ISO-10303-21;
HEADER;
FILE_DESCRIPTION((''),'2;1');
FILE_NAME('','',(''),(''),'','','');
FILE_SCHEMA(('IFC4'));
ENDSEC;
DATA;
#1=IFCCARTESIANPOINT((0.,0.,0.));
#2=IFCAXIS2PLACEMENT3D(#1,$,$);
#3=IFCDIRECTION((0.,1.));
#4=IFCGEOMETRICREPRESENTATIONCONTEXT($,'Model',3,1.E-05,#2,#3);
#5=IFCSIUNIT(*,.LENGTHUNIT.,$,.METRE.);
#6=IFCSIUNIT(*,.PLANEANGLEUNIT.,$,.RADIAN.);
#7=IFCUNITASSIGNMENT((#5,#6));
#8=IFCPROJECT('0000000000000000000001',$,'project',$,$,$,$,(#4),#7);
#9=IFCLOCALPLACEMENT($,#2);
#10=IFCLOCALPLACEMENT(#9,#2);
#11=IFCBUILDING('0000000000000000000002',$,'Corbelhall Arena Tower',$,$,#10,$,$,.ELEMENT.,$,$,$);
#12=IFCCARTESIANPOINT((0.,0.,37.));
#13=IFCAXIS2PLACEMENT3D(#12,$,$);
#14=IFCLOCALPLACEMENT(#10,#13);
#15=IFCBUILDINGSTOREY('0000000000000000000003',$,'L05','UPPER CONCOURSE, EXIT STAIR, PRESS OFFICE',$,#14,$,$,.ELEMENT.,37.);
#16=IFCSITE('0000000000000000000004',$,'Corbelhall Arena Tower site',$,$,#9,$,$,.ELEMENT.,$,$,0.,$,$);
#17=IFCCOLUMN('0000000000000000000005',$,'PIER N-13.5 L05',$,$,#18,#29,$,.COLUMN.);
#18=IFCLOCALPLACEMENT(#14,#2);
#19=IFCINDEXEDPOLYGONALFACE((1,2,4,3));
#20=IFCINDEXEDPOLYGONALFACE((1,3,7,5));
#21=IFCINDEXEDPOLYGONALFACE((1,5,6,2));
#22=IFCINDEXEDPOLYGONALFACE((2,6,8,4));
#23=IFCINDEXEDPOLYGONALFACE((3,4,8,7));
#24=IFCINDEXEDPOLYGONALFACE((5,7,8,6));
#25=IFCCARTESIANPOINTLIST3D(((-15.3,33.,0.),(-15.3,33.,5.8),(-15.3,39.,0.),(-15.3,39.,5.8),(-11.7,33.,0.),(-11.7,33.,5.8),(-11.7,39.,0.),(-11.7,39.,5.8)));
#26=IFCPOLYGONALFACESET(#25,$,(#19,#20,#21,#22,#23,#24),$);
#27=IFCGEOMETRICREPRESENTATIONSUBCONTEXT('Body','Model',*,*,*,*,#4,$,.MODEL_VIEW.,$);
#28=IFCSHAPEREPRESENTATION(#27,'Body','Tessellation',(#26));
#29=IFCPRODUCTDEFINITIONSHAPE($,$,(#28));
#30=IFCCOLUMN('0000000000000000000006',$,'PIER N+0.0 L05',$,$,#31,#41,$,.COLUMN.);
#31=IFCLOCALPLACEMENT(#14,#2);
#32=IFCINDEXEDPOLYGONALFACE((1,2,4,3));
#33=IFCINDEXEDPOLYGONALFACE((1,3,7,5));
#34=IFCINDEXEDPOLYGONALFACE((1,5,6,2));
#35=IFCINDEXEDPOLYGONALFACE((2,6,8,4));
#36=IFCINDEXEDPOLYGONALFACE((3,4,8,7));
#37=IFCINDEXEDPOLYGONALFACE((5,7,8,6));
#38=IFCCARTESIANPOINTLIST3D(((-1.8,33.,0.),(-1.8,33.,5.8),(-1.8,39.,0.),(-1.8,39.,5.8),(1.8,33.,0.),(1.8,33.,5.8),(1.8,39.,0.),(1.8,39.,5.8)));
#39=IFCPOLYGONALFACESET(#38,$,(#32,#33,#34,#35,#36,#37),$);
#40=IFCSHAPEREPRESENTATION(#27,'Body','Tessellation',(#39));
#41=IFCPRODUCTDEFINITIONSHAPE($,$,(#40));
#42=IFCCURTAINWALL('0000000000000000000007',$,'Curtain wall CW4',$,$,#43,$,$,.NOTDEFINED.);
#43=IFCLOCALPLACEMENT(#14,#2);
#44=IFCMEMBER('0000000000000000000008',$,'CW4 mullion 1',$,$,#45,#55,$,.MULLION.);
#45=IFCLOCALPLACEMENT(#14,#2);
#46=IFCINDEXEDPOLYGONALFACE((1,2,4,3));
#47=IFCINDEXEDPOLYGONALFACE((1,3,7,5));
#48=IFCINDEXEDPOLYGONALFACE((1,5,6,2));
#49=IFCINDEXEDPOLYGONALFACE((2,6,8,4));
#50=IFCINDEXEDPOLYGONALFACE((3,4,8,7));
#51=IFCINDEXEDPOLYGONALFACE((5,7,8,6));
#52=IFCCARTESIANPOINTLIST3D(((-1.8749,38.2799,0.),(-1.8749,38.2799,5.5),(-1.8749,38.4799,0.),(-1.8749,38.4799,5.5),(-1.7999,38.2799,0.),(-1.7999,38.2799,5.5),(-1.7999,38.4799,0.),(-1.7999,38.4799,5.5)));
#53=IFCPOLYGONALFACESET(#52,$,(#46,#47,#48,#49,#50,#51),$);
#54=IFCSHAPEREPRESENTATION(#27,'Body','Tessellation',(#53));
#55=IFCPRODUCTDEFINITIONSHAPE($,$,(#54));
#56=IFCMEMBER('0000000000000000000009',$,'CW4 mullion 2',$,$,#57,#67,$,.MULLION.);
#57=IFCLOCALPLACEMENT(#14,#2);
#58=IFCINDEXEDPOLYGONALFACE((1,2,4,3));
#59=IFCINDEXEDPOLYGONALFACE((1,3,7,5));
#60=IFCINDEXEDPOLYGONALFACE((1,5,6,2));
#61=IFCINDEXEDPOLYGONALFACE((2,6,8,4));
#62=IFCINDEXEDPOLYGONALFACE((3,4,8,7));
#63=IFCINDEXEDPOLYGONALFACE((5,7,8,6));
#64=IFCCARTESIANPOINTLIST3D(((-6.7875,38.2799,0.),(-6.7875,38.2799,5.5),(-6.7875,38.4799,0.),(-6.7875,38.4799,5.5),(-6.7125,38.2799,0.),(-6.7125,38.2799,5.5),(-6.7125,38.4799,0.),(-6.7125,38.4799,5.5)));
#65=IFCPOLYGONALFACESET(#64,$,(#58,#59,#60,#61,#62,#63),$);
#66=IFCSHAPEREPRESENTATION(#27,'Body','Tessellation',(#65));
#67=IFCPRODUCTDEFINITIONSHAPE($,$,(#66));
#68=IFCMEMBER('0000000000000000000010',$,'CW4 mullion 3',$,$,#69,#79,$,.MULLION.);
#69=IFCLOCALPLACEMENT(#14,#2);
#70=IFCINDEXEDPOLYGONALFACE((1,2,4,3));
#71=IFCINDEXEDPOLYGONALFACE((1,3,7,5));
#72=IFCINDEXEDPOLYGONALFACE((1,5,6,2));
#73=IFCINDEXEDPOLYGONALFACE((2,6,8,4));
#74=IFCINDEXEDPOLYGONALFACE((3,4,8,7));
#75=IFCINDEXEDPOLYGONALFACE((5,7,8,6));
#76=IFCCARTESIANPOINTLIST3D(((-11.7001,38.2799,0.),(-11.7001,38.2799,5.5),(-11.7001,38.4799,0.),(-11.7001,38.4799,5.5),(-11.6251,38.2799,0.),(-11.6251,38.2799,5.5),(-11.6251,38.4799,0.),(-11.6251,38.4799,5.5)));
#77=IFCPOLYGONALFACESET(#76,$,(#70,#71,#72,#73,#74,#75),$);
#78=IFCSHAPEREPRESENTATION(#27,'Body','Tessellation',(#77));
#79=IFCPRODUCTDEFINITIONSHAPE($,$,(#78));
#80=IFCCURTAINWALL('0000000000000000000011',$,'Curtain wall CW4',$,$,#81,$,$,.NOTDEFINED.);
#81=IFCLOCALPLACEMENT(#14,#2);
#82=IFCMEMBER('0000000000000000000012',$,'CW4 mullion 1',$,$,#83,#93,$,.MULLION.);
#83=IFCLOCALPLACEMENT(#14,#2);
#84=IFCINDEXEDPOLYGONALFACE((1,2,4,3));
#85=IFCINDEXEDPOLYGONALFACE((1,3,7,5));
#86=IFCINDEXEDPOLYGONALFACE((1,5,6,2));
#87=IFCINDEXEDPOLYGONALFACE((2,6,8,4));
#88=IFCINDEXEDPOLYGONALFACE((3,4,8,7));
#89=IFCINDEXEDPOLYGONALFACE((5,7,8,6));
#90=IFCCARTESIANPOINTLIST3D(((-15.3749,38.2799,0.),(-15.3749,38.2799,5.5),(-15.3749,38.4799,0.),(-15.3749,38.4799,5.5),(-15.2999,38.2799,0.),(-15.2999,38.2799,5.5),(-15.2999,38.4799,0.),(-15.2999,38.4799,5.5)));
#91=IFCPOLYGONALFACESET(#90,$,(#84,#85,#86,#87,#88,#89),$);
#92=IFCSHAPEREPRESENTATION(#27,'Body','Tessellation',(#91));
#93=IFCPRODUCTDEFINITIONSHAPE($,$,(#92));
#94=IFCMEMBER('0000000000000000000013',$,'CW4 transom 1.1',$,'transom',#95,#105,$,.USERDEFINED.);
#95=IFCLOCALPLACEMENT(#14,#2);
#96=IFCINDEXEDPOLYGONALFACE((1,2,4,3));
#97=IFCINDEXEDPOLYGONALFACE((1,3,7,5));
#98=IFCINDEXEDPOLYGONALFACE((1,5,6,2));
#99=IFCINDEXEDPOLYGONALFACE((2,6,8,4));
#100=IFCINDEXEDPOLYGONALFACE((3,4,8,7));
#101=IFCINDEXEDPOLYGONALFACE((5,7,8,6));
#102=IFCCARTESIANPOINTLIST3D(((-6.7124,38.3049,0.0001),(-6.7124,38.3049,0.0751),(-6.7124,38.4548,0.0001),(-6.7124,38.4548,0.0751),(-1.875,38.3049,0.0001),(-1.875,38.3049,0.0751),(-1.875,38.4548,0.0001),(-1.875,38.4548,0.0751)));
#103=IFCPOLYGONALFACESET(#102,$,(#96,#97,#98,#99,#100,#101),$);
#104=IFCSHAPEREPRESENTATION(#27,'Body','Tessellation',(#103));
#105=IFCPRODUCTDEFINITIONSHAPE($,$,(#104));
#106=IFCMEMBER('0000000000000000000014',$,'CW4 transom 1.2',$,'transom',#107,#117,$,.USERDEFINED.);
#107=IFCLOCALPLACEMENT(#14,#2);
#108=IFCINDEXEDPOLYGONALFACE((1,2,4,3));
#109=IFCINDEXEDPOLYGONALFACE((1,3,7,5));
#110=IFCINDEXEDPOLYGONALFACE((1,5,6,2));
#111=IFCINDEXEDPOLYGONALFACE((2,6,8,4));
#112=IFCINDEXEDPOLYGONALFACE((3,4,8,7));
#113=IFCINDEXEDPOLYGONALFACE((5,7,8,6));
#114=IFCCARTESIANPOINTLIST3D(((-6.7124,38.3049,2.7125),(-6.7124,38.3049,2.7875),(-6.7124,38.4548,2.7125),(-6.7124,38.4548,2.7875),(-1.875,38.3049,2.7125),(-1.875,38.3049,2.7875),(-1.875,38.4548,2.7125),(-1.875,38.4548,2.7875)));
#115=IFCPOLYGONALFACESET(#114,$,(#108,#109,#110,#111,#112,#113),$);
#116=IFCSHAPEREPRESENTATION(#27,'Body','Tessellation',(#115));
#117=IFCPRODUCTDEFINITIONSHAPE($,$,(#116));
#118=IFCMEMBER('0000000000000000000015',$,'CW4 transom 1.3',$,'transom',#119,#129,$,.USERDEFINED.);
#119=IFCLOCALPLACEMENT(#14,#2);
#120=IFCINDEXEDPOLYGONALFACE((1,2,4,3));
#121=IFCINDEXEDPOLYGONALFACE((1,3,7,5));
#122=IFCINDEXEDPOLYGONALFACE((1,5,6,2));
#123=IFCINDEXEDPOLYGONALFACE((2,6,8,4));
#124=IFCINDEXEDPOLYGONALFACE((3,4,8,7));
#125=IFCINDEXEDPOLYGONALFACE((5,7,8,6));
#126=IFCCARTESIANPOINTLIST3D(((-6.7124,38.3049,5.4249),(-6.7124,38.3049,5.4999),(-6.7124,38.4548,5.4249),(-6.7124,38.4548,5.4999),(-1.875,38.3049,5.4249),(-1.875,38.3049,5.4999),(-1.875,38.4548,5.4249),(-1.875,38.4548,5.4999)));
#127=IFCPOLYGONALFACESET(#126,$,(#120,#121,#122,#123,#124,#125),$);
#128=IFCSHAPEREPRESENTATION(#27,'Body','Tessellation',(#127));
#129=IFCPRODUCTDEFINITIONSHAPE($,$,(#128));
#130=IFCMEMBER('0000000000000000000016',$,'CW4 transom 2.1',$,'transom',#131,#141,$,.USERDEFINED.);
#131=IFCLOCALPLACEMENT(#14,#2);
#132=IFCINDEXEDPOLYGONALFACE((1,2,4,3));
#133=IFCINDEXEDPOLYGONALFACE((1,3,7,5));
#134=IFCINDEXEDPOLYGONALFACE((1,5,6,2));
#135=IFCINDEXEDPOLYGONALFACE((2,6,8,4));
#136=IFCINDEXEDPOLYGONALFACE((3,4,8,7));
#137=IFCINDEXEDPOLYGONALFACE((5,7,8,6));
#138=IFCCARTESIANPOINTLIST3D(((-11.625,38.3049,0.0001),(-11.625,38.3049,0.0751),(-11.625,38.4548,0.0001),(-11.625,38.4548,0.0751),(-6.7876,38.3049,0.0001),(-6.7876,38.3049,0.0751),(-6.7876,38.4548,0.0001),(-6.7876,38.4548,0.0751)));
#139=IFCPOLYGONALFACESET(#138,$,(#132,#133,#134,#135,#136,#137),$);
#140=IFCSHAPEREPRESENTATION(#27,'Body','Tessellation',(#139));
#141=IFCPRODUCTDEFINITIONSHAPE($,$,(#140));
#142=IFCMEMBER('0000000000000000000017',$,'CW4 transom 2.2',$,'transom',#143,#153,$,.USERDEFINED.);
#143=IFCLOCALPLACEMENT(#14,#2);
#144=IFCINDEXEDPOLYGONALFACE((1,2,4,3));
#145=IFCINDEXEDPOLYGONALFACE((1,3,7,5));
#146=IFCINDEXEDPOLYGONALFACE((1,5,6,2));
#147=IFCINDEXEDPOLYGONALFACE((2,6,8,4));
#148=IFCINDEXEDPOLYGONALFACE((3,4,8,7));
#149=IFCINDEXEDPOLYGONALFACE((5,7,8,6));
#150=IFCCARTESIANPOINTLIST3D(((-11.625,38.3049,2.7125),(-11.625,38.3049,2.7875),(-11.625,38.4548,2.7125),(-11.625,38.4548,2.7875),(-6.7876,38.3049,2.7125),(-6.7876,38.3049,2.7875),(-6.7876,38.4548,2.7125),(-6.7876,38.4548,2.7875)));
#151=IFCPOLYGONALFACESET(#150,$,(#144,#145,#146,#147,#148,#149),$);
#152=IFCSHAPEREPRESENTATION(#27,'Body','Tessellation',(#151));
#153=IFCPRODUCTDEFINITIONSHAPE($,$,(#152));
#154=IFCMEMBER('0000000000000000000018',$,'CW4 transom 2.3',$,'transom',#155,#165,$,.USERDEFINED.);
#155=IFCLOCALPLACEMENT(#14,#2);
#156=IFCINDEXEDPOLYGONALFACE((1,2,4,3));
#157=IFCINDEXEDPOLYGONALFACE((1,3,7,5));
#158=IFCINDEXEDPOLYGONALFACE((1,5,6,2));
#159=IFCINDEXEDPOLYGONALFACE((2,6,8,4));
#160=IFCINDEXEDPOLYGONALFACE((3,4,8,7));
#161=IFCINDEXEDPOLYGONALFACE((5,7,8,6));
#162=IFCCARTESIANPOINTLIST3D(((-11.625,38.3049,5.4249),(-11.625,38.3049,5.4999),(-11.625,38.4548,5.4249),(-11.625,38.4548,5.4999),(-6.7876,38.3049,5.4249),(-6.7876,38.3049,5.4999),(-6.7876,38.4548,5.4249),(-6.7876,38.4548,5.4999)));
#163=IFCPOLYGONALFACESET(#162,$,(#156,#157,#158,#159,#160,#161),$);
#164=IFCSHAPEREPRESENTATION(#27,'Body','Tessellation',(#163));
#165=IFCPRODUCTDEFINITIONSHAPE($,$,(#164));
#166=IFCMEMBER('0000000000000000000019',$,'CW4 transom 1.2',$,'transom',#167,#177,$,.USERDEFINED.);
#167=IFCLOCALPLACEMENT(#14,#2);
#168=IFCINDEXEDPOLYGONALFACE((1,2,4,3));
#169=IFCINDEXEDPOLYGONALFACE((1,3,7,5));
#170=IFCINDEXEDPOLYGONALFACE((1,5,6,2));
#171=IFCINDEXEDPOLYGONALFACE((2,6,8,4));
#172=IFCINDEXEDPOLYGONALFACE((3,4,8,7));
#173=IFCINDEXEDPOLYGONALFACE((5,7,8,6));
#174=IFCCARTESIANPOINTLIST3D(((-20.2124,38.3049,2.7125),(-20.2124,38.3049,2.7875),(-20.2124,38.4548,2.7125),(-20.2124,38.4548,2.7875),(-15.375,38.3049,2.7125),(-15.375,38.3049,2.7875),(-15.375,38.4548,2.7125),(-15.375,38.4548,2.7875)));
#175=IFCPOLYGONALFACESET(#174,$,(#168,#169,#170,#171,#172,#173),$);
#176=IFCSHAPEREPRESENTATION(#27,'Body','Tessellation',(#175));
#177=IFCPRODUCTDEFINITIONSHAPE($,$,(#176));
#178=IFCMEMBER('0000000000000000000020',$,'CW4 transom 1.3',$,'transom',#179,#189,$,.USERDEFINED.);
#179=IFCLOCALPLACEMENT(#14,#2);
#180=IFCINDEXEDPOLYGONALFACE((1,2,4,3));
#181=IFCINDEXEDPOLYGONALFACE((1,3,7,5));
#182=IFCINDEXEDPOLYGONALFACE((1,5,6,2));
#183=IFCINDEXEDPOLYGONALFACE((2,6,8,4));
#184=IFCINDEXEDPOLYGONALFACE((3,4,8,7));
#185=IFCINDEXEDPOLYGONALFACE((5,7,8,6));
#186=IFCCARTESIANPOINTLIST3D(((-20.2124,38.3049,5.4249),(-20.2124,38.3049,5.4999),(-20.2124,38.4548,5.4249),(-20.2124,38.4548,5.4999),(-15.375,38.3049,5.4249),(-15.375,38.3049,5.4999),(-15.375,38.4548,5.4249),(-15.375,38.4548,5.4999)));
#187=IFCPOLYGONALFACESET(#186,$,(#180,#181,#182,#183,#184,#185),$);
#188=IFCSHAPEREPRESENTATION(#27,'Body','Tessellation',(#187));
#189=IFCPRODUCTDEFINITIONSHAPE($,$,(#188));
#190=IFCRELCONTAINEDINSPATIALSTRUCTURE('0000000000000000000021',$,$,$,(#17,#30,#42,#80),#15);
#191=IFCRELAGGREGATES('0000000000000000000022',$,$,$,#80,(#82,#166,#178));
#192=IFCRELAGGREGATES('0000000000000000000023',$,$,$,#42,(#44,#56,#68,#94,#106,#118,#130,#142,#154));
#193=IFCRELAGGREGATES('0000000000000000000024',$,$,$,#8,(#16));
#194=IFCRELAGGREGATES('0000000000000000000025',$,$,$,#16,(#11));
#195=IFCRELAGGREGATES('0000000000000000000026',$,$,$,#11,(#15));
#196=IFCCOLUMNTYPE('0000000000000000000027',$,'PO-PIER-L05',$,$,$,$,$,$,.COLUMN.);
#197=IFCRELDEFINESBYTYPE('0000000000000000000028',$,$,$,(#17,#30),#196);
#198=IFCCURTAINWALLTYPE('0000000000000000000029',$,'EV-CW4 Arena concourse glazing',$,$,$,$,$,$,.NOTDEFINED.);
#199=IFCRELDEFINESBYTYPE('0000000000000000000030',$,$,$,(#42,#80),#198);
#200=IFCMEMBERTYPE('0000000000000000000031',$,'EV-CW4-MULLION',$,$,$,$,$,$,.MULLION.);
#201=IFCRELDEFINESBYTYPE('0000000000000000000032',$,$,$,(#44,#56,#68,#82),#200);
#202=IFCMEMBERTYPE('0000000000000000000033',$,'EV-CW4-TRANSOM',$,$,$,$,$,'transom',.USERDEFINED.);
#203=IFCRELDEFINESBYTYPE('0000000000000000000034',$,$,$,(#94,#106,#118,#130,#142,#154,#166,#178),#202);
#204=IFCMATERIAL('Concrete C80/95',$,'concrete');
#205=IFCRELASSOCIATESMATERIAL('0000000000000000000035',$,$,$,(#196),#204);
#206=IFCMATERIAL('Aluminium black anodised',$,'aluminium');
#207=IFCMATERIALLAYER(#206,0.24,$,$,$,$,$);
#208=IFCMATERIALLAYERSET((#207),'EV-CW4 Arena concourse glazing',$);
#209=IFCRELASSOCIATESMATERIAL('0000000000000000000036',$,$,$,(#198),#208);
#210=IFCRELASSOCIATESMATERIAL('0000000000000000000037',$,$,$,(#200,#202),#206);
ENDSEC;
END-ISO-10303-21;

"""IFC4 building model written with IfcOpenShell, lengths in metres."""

from ifc_helpers import new_model, si_unit, direction, frame, origin, origin_2d, place, context, subcontext, project, spatial, rectangle, extrude, material, layer, layer_set, material_profile, profile_set, type_object, element, aggregate, save


model = new_model("IFC4")

# Units and contexts
model_context = context("Model", 3, precision=1e-05, world=origin(), true_north=direction((0.0, 1.0)))
body_context = subcontext(model_context, "Body", "Model", "MODEL_VIEW")
ifc_project = project(units=[si_unit("LENGTHUNIT", "METRE"), si_unit("PLANEANGLEUNIT", "RADIAN")], contexts=[model_context])

# Site, building, storey
site_placement = place(None, origin())
site = spatial("IfcSite", under=ifc_project, at=site_placement, Name="Corbelhall Arena Tower site", CompositionType="ELEMENT", RefElevation=0.0)
building_placement = place(site_placement, origin())
building = spatial("IfcBuilding", under=site, at=building_placement, Name="Corbelhall Arena Tower", CompositionType="ELEMENT")
storey_placement = place(building_placement, frame((0.0, 0.0, 37.0)))
storey = spatial("IfcBuildingStorey", under=building, at=storey_placement, Name="L05", Description="UPPER CONCOURSE, EXIT STAIR, PRESS OFFICE", CompositionType="ELEMENT", Elevation=37.0)

# Columns
ifc_material_1 = material(Name="Concrete C80/95", Category="concrete")
ifc_material_profile_1 = material_profile(ifc_material_1, rectangle(XDim=3.6001, YDim=6.0, at=origin_2d()))
ifc_profile_set_1 = profile_set([ifc_material_profile_1], Name="Concrete C80/95")
column_type = type_object("IfcColumnType", Name="PO-PIER-L05", PredefinedType="COLUMN", material=ifc_profile_set_1)
for number, where, z_axis, x_axis, name in (
    (1, (-13.5, 36.0, 0.0), (0.0, 0.0, 1.0), (1.0, 0.0, 0.0), "PIER N-13.5 L05"),
    (2, (0.0, 36.0, 0.0), (0.0, 0.0, 1.0), (1.0, 0.0, 0.0), "PIER N+0.0 L05"),
):
    element("IfcColumn", number, at=place(storey_placement, frame(where, z_axis=z_axis, x_axis=x_axis)), inside=storey, type_object=column_type, Name=name, PredefinedType="COLUMN", context=body_context, shape_type="SweptSolid", body=[
        extrude(rectangle(XDim=3.6001, YDim=6.0, at=origin_2d()), origin(), (0.0, 0.0, 1.0), 5.8),
    ])

# Curtain wall, members
ifc_material_2 = material(Name="Aluminium black anodised", Category="aluminium")
ifc_layer_1 = layer(ifc_material_2, 0.24)
ifc_layer_set_1 = layer_set([ifc_layer_1], Name="EV-CW4 Arena concourse glazing")
curtain_wall_type = type_object("IfcCurtainWallType", Name="EV-CW4 Arena concourse glazing", PredefinedType="NOTDEFINED", material=ifc_layer_set_1)
curtain_wall_1_placement = place(storey_placement, origin())
curtain_wall_1 = element("IfcCurtainWall", 3, at=curtain_wall_1_placement, inside=storey, type_object=curtain_wall_type, Name="Curtain wall CW4", PredefinedType="NOTDEFINED")
ifc_material_profile_2 = material_profile(ifc_material_2, rectangle(XDim=0.2, YDim=0.075, at=origin_2d()))
ifc_profile_set_2 = profile_set([ifc_material_profile_2], Name="Aluminium black anodised")
member_type_1 = type_object("IfcMemberType", Name="EV-CW4-MULLION", PredefinedType="MULLION", material=ifc_profile_set_2)
member_1_placement = place(storey_placement, frame((-1.8374, 38.3799, 0.0), z_axis=(0.0, 0.0, 1.0), x_axis=(0.0, -1.0, 0.0)))
member_1 = element("IfcMember", 4, at=member_1_placement, type_object=member_type_1, Name="CW4 mullion 1", PredefinedType="MULLION", context=body_context, shape_type="SweptSolid", body=[
    extrude(rectangle(XDim=0.2, YDim=0.075, at=origin_2d()), origin(), (0.0, 0.0, 1.0), 5.5),
])
member_2_placement = place(storey_placement, frame((-6.75, 38.3799, 0.0), z_axis=(0.0, 0.0, 1.0), x_axis=(0.0, -1.0, 0.0)))
member_2 = element("IfcMember", 5, at=member_2_placement, type_object=member_type_1, Name="CW4 mullion 2", PredefinedType="MULLION", context=body_context, shape_type="SweptSolid", body=[
    extrude(rectangle(XDim=0.2, YDim=0.075, at=origin_2d()), origin(), (0.0, 0.0, 1.0), 5.5),
])
member_3_placement = place(storey_placement, frame((-11.6626, 38.3799, 0.0), z_axis=(0.0, 0.0, 1.0), x_axis=(0.0, -1.0, 0.0)))
member_3 = element("IfcMember", 6, at=member_3_placement, type_object=member_type_1, Name="CW4 mullion 3", PredefinedType="MULLION", context=body_context, shape_type="SweptSolid", body=[
    extrude(rectangle(XDim=0.2, YDim=0.075, at=origin_2d()), origin(), (0.0, 0.0, 1.0), 5.5),
])

# Curtain wall, member
curtain_wall_2_placement = place(storey_placement, origin())
curtain_wall_2 = element("IfcCurtainWall", 7, at=curtain_wall_2_placement, inside=storey, type_object=curtain_wall_type, Name="Curtain wall CW4", PredefinedType="NOTDEFINED")
member_4_placement = place(storey_placement, frame((-15.3374, 38.3799, 0.0), z_axis=(0.0, 0.0, 1.0), x_axis=(0.0, -1.0, 0.0)))
member_4 = element("IfcMember", 8, at=member_4_placement, type_object=member_type_1, Name="CW4 mullion 1", PredefinedType="MULLION", context=body_context, shape_type="SweptSolid", body=[
    extrude(rectangle(XDim=0.2, YDim=0.075, at=origin_2d()), origin(), (0.0, 0.0, 1.0), 5.5),
])

# Members
ifc_material_profile_3 = material_profile(ifc_material_2, rectangle(XDim=0.1499, YDim=0.075, at=origin_2d()))
ifc_profile_set_3 = profile_set([ifc_material_profile_3], Name="Aluminium black anodised")
member_type_2 = type_object("IfcMemberType", Name="EV-CW4-TRANSOM", ElementType="transom", PredefinedType="USERDEFINED", material=ifc_profile_set_3)
member_5_placement = place(storey_placement, frame((-1.875, 38.3799, 0.0376), z_axis=(-1.0, 0.0, 0.0), x_axis=(0.0, -1.0, 0.0)))
member_5 = element("IfcMember", 9, at=member_5_placement, type_object=member_type_2, Name="CW4 transom 1.1", ObjectType="transom", PredefinedType="USERDEFINED", context=body_context, shape_type="SweptSolid", body=[
    extrude(rectangle(XDim=0.1499, YDim=0.075, at=origin_2d()), origin(), (0.0, 0.0, 1.0), 4.8374),
])
member_6_placement = place(storey_placement, frame((-1.875, 38.3799, 2.75), z_axis=(-1.0, 0.0, 0.0), x_axis=(0.0, -1.0, 0.0)))
member_6 = element("IfcMember", 10, at=member_6_placement, type_object=member_type_2, Name="CW4 transom 1.2", ObjectType="transom", PredefinedType="USERDEFINED", context=body_context, shape_type="SweptSolid", body=[
    extrude(rectangle(XDim=0.1499, YDim=0.075, at=origin_2d()), origin(), (0.0, 0.0, 1.0), 4.8374),
])
member_7_placement = place(storey_placement, frame((-1.875, 38.3799, 5.4624), z_axis=(-1.0, 0.0, 0.0), x_axis=(0.0, -1.0, 0.0)))
member_7 = element("IfcMember", 11, at=member_7_placement, type_object=member_type_2, Name="CW4 transom 1.3", ObjectType="transom", PredefinedType="USERDEFINED", context=body_context, shape_type="SweptSolid", body=[
    extrude(rectangle(XDim=0.1499, YDim=0.075, at=origin_2d()), origin(), (0.0, 0.0, 1.0), 4.8374),
])
member_8_placement = place(storey_placement, frame((-6.7876, 38.3799, 0.0376), z_axis=(-1.0, 0.0, 0.0), x_axis=(0.0, -1.0, 0.0)))
member_8 = element("IfcMember", 12, at=member_8_placement, type_object=member_type_2, Name="CW4 transom 2.1", ObjectType="transom", PredefinedType="USERDEFINED", context=body_context, shape_type="SweptSolid", body=[
    extrude(rectangle(XDim=0.1499, YDim=0.075, at=origin_2d()), origin(), (0.0, 0.0, 1.0), 4.8374),
])
member_9_placement = place(storey_placement, frame((-6.7876, 38.3799, 2.75), z_axis=(-1.0, 0.0, 0.0), x_axis=(0.0, -1.0, 0.0)))
member_9 = element("IfcMember", 13, at=member_9_placement, type_object=member_type_2, Name="CW4 transom 2.2", ObjectType="transom", PredefinedType="USERDEFINED", context=body_context, shape_type="SweptSolid", body=[
    extrude(rectangle(XDim=0.1499, YDim=0.075, at=origin_2d()), origin(), (0.0, 0.0, 1.0), 4.8374),
])
member_10_placement = place(storey_placement, frame((-6.7876, 38.3799, 5.4624), z_axis=(-1.0, 0.0, 0.0), x_axis=(0.0, -1.0, 0.0)))
member_10 = element("IfcMember", 14, at=member_10_placement, type_object=member_type_2, Name="CW4 transom 2.3", ObjectType="transom", PredefinedType="USERDEFINED", context=body_context, shape_type="SweptSolid", body=[
    extrude(rectangle(XDim=0.1499, YDim=0.075, at=origin_2d()), origin(), (0.0, 0.0, 1.0), 4.8374),
])
member_11_placement = place(storey_placement, frame((-15.375, 38.3799, 2.75), z_axis=(-1.0, 0.0, 0.0), x_axis=(0.0, -1.0, 0.0)))
member_11 = element("IfcMember", 15, at=member_11_placement, type_object=member_type_2, Name="CW4 transom 1.2", ObjectType="transom", PredefinedType="USERDEFINED", context=body_context, shape_type="SweptSolid", body=[
    extrude(rectangle(XDim=0.1499, YDim=0.075, at=origin_2d()), origin(), (0.0, 0.0, 1.0), 4.8374),
])
member_12_placement = place(storey_placement, frame((-15.375, 38.3799, 5.4624), z_axis=(-1.0, 0.0, 0.0), x_axis=(0.0, -1.0, 0.0)))
member_12 = element("IfcMember", 16, at=member_12_placement, type_object=member_type_2, Name="CW4 transom 1.3", ObjectType="transom", PredefinedType="USERDEFINED", context=body_context, shape_type="SweptSolid", body=[
    extrude(rectangle(XDim=0.1499, YDim=0.075, at=origin_2d()), origin(), (0.0, 0.0, 1.0), 4.8374),
])
aggregate(curtain_wall_2, [member_4, member_11, member_12])

aggregate(curtain_wall_1, [member_1, member_2, member_3, member_5, member_6, member_7, member_8, member_9, member_10])

save(model, "model.ifc")
